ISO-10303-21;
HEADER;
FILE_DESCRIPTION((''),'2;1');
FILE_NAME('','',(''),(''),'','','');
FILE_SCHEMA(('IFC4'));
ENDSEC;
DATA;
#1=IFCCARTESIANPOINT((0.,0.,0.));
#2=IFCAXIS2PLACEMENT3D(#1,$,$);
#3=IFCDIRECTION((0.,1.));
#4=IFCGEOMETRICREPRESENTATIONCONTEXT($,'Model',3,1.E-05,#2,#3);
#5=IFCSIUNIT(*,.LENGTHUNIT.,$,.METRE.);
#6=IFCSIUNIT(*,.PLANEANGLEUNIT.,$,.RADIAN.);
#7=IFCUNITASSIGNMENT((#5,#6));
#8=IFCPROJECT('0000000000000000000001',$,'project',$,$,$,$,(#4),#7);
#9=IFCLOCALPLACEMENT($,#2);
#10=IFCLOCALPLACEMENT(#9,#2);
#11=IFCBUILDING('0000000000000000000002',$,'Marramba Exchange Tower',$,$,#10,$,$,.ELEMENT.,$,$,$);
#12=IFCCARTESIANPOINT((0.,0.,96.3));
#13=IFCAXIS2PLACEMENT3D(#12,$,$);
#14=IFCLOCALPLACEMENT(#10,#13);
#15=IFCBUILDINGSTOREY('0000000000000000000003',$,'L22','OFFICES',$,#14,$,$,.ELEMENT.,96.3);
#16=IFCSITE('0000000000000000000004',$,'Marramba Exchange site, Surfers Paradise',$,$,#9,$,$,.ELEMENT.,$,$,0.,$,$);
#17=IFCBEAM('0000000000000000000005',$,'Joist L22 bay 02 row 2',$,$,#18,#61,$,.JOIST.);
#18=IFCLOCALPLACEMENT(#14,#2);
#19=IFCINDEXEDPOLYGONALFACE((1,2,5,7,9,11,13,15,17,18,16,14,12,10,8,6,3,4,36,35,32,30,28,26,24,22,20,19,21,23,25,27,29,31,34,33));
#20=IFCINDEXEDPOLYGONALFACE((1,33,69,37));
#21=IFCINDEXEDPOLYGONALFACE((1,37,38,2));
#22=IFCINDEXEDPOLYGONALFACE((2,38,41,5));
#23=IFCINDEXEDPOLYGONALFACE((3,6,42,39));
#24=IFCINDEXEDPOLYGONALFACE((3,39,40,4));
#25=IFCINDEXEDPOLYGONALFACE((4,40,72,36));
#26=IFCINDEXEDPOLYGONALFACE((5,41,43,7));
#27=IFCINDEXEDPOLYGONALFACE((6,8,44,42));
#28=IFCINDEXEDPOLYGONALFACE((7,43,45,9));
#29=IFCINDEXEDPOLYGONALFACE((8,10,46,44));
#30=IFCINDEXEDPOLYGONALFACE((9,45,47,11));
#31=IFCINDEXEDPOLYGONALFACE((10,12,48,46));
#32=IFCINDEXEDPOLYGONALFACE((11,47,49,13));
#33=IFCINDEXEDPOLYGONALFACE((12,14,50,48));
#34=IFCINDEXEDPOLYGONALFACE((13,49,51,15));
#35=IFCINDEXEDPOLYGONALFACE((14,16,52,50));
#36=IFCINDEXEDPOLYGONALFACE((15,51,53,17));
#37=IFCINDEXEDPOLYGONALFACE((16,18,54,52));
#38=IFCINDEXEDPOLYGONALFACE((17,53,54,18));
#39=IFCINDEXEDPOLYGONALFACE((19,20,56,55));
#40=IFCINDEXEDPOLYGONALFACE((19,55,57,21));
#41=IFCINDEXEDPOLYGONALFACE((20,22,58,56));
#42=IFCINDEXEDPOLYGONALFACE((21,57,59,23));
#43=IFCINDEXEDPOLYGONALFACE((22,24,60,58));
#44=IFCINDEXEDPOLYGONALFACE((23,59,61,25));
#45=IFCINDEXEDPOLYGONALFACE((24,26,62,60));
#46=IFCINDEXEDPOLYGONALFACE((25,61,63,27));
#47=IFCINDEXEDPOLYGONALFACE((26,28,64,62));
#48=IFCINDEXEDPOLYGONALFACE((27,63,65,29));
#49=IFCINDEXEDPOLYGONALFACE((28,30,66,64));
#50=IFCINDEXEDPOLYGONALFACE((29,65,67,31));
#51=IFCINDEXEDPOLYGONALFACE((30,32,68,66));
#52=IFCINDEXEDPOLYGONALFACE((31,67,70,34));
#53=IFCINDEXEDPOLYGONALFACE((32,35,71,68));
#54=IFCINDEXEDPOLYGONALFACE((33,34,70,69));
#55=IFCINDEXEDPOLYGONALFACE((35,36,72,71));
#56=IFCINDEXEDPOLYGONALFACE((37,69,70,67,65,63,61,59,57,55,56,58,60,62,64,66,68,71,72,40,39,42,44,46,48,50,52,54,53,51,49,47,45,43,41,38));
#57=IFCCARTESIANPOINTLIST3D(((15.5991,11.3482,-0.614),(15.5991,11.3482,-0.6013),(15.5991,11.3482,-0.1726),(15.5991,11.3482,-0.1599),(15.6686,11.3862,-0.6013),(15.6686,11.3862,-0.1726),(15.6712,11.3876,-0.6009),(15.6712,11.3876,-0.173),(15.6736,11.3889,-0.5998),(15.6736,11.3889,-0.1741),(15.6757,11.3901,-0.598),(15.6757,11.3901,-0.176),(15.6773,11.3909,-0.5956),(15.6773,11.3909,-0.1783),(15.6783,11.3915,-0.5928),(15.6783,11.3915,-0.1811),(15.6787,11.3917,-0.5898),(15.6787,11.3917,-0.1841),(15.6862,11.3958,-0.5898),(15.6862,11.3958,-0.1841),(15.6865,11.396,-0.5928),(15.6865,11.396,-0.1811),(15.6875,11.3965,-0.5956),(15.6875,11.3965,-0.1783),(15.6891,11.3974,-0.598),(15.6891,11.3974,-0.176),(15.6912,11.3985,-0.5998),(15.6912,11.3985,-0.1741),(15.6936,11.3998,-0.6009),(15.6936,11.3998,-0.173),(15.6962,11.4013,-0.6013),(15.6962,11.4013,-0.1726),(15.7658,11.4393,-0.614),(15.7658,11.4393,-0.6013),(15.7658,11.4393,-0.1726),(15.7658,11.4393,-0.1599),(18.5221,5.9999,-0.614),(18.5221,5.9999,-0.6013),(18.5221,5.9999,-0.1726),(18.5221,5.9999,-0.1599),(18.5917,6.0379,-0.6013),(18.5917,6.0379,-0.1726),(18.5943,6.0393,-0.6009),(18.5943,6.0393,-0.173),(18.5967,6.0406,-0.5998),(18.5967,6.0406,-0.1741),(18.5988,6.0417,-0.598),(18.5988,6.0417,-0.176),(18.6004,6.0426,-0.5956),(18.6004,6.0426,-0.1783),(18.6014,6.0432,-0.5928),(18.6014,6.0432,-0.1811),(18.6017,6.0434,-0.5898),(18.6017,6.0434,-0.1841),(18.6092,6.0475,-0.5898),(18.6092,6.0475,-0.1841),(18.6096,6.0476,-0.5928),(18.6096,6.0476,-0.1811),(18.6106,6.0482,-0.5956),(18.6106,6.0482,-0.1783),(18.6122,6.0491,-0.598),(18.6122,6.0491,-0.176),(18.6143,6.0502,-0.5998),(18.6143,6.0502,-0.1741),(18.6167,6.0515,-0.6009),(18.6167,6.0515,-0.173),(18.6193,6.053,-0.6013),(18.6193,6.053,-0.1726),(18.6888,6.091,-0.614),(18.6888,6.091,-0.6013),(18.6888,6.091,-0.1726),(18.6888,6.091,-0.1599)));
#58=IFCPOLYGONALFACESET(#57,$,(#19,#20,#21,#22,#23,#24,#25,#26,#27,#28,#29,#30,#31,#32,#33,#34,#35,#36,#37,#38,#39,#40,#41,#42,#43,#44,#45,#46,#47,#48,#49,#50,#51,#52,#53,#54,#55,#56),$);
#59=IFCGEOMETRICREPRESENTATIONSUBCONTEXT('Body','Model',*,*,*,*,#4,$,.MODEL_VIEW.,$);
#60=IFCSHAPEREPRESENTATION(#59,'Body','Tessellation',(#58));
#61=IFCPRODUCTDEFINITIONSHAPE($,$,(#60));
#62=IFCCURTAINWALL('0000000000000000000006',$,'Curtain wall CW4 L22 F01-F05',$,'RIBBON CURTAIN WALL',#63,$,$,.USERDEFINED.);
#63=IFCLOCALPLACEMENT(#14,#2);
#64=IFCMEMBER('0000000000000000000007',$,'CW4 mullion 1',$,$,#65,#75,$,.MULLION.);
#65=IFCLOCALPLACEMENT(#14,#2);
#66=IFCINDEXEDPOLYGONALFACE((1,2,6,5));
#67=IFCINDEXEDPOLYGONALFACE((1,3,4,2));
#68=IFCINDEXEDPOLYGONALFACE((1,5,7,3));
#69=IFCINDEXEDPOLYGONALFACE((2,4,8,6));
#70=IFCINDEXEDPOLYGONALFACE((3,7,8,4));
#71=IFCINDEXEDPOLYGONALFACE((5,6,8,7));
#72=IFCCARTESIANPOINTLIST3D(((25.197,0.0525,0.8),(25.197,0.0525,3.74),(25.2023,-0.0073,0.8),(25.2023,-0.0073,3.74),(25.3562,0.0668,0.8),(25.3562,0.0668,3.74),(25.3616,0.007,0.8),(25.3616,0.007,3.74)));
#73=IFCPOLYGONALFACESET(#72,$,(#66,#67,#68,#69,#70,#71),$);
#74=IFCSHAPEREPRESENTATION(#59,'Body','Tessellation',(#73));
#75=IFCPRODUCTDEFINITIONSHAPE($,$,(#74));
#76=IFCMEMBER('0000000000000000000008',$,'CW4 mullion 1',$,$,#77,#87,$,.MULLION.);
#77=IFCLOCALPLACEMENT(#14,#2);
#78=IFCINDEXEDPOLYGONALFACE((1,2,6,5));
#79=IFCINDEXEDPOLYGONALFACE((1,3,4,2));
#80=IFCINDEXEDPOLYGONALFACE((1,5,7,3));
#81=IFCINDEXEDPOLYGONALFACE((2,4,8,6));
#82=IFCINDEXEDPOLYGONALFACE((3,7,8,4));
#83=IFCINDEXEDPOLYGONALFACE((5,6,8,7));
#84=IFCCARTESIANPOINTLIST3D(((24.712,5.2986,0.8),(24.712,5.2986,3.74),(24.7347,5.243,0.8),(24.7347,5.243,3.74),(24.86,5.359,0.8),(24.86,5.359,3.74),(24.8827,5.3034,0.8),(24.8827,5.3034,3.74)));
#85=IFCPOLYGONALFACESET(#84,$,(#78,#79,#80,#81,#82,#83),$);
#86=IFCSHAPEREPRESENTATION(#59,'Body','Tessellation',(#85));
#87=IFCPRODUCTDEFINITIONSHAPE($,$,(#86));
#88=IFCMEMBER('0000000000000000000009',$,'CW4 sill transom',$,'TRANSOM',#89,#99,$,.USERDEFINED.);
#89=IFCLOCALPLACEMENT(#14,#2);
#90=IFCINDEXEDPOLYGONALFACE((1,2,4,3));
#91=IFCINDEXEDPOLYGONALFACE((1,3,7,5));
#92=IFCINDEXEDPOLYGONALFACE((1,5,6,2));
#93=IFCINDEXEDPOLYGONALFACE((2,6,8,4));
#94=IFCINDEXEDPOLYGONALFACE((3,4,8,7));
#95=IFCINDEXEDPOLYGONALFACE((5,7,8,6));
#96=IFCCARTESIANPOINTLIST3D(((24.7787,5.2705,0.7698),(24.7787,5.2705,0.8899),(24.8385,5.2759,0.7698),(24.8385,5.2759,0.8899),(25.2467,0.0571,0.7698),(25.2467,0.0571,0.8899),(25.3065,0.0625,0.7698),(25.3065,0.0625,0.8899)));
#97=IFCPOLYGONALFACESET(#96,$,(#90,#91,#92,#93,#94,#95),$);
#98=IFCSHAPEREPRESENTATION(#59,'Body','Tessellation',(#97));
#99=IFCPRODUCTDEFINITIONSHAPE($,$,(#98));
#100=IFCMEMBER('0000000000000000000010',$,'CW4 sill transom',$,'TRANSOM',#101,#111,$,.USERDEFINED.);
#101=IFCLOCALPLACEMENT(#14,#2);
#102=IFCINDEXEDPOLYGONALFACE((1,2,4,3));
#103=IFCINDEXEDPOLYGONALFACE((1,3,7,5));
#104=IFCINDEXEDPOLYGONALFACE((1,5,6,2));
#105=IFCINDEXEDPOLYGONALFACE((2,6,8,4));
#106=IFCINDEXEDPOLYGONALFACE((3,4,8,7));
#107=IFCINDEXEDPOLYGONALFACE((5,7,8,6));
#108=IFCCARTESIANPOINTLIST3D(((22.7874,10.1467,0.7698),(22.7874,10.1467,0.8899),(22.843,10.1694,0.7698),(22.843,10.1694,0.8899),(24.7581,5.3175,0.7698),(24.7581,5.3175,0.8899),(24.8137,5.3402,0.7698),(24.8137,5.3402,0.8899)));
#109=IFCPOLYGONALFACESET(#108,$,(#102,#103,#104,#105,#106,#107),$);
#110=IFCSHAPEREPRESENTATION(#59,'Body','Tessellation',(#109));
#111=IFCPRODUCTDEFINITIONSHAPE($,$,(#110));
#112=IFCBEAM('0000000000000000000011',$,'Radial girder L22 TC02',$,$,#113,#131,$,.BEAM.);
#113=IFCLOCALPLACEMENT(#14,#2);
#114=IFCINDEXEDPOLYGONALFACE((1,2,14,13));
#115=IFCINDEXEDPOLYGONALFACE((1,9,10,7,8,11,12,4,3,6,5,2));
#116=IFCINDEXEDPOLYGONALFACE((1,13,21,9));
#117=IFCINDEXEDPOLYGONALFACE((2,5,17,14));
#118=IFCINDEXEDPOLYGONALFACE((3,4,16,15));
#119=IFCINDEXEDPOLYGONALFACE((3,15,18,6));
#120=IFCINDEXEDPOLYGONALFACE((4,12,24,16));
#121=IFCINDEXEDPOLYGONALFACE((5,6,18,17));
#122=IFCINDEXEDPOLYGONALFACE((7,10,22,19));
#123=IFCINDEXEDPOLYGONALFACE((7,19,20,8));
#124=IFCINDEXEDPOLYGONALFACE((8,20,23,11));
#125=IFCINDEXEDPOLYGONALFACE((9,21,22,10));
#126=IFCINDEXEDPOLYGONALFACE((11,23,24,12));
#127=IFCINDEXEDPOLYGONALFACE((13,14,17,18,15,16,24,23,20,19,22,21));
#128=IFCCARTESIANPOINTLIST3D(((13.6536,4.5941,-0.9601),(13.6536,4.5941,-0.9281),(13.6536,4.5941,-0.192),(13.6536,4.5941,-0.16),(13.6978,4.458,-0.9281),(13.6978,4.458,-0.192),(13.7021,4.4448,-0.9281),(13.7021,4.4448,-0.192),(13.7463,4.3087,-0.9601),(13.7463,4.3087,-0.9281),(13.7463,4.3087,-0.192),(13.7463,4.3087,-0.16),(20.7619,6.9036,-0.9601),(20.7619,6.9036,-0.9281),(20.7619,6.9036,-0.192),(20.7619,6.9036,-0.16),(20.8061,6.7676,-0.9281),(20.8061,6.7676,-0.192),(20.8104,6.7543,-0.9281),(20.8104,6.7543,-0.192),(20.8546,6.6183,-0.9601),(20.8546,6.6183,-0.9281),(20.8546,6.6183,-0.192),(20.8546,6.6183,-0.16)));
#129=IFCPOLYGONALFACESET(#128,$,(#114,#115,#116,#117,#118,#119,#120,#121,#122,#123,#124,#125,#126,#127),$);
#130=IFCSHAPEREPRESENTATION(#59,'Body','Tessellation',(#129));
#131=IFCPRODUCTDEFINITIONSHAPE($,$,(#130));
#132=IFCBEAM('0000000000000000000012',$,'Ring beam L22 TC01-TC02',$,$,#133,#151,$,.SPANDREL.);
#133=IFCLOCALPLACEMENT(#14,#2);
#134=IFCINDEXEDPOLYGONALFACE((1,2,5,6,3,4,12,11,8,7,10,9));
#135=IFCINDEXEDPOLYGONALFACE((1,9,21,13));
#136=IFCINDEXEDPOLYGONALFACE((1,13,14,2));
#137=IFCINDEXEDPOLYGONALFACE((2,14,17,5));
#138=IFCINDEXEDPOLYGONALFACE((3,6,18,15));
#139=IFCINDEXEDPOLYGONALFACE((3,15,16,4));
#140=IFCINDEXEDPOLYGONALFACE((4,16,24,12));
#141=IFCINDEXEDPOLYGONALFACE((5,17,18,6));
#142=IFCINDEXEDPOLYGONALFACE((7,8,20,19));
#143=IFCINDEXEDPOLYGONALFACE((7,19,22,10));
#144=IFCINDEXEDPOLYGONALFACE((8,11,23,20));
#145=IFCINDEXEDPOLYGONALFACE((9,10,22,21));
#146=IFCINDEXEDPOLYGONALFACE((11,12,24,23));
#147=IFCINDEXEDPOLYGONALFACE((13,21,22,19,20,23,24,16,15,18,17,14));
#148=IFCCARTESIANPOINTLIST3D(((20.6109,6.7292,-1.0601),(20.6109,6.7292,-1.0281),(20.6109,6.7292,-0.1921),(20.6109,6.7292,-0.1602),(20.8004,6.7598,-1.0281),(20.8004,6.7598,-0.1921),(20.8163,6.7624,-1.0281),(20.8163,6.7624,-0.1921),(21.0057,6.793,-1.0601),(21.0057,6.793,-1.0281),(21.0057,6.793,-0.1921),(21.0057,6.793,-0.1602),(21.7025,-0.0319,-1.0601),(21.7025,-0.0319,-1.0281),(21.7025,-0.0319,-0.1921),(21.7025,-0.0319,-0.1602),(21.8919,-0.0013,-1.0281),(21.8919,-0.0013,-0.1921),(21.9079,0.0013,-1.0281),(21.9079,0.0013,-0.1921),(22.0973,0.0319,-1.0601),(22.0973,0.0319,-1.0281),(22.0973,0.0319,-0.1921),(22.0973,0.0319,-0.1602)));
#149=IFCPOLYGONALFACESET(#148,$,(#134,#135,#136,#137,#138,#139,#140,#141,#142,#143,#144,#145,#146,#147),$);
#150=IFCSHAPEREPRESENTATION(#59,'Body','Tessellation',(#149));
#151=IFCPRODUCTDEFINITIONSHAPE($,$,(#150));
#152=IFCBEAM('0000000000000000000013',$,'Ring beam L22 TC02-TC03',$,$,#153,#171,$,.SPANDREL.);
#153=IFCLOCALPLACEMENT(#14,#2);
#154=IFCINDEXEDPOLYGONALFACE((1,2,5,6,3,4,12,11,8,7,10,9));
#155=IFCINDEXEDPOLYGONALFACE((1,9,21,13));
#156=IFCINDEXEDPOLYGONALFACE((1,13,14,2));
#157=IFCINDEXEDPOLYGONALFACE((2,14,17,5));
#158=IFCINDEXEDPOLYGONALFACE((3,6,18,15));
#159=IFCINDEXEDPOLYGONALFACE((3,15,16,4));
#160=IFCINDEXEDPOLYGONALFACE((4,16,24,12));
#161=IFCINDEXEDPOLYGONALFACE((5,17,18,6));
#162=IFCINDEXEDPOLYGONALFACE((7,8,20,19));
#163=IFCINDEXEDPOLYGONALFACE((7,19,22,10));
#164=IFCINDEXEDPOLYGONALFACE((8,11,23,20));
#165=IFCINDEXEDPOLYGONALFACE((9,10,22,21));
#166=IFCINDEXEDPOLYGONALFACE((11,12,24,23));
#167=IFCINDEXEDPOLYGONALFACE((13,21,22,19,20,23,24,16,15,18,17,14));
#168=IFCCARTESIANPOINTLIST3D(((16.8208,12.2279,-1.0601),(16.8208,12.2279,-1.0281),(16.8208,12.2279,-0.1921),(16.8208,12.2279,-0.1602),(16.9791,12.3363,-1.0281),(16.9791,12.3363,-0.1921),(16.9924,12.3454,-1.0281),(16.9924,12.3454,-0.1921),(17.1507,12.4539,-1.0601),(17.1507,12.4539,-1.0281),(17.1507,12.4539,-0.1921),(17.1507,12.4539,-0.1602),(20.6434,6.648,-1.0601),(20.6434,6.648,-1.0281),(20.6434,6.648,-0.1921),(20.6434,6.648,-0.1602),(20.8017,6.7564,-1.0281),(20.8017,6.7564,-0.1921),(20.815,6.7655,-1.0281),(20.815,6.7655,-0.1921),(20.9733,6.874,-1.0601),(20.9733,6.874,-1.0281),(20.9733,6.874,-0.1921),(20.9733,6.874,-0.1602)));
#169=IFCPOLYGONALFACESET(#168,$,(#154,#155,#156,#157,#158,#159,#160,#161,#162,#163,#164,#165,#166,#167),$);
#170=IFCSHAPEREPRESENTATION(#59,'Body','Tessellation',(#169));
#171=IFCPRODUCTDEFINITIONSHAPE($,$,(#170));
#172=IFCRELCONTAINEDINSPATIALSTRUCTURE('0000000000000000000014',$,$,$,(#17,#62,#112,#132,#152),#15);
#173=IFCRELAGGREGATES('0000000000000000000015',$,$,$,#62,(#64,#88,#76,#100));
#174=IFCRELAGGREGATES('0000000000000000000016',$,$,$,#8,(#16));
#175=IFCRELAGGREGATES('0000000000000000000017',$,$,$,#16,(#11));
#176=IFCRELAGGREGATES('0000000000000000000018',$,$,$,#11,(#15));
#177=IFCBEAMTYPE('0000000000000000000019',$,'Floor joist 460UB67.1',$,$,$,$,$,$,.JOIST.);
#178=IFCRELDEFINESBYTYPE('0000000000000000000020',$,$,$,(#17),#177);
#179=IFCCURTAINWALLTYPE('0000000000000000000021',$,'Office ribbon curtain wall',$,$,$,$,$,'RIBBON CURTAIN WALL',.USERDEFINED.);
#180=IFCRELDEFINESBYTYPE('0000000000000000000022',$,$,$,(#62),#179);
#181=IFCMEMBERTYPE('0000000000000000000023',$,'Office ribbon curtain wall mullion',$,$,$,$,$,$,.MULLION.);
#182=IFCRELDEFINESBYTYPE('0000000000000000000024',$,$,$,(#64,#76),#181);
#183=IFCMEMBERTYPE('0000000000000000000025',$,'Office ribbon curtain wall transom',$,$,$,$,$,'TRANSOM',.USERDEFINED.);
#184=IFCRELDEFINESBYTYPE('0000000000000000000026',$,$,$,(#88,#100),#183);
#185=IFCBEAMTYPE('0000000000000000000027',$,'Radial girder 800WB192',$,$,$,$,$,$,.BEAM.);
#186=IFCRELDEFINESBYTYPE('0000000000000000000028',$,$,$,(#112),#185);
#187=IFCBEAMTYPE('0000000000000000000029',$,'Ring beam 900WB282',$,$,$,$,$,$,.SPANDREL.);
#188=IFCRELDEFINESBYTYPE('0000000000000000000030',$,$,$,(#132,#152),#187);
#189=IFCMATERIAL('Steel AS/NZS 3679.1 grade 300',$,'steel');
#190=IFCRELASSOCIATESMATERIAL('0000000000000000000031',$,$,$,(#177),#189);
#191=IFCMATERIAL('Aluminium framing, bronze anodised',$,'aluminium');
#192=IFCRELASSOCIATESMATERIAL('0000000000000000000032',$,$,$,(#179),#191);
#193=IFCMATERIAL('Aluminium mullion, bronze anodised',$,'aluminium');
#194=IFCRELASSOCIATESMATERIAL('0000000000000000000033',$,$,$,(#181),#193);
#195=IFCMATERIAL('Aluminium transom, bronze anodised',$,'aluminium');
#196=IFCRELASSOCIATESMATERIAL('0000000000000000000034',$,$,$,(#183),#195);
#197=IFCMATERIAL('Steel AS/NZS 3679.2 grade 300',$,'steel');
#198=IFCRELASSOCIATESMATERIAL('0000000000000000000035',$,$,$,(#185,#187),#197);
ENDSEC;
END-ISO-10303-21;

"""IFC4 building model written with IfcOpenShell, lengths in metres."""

from ifc_helpers import new_model, si_unit, direction, frame, origin, origin_2d, place, context, subcontext, project, spatial, rectangle, i_section, extrude, material, material_profile, profile_set, type_object, element, aggregate, save


model = new_model("IFC4")

# Units and contexts
model_context = context("Model", 3, precision=1e-05, world=origin(), true_north=direction((0.0, 1.0)))
body_context = subcontext(model_context, "Body", "Model", "MODEL_VIEW")
ifc_project = project(units=[si_unit("LENGTHUNIT", "METRE"), si_unit("PLANEANGLEUNIT", "RADIAN")], contexts=[model_context])

# Site, building, storey
site_placement = place(None, origin())
site = spatial("IfcSite", under=ifc_project, at=site_placement, Name="Marramba Exchange site, Surfers Paradise", CompositionType="ELEMENT", RefElevation=0.0)
building_placement = place(site_placement, origin())
building = spatial("IfcBuilding", under=site, at=building_placement, Name="Marramba Exchange Tower", CompositionType="ELEMENT")
storey_placement = place(building_placement, frame((0.0, 0.0, 96.3)))
storey = spatial("IfcBuildingStorey", under=building, at=storey_placement, Name="L22", Description="OFFICES", CompositionType="ELEMENT", Elevation=96.3)

# Beam
ifc_material_1 = material(Name="Steel AS/NZS 3679.2 grade 300", Category="steel")
ifc_material_2 = material(Name="Steel AS/NZS 3679.1 grade 300", Category="steel")
ifc_material_profile_1 = material_profile(ifc_material_2, i_section(OverallWidth=0.1899, OverallDepth=0.4541, WebThickness=0.0085, FlangeThickness=0.0127, FilletRadius=0.0115, at=origin_2d()), Name="460UB67.1")
ifc_profile_set_1 = profile_set([ifc_material_profile_1], Name="Steel AS/NZS 3679.1 grade 300")
beam_type_1 = type_object("IfcBeamType", Name="Floor joist 460UB67.1", PredefinedType="JOIST", material=ifc_profile_set_1)
beam_1_placement = place(storey_placement, frame((18.6055, 6.0454, -0.387), z_axis=(-0.479584, 0.877496, 0.0), x_axis=(-0.877496, -0.479584, 0.0)))
element("IfcBeam", 1, at=beam_1_placement, inside=storey, type_object=beam_type_1, Name="Joist L22 bay 02 row 2", PredefinedType="JOIST", context=body_context, shape_type="SweptSolid", body=[
    extrude(i_section(OverallWidth=0.1899, OverallDepth=0.4541, WebThickness=0.0085, FlangeThickness=0.0127, FilletRadius=0.0115, at=origin_2d()), origin(), (0.0, 0.0, 1.0), 6.095),
])

# Curtain wall, members
ifc_material_3 = material(Name="Aluminium framing, bronze anodised", Category="aluminium")
curtain_wall_type = type_object("IfcCurtainWallType", Name="Office ribbon curtain wall", ElementType="RIBBON CURTAIN WALL", PredefinedType="USERDEFINED", material=ifc_material_3)
curtain_wall_placement = place(storey_placement, origin())
curtain_wall = element("IfcCurtainWall", 2, at=curtain_wall_placement, inside=storey, type_object=curtain_wall_type, Name="Curtain wall CW4 L22 F01-F05", ObjectType="RIBBON CURTAIN WALL", PredefinedType="USERDEFINED")
ifc_material_4 = material(Name="Aluminium mullion, bronze anodised", Category="aluminium")
ifc_material_profile_2 = material_profile(ifc_material_4, rectangle(XDim=0.1599, YDim=0.0601, at=origin_2d()), Name="CW4 mullion 60x160")
ifc_profile_set_2 = profile_set([ifc_material_profile_2], Name="Aluminium mullion, bronze anodised")
member_type_1 = type_object("IfcMemberType", Name="Office ribbon curtain wall mullion", PredefinedType="MULLION", material=ifc_profile_set_2)
member_1_placement = place(storey_placement, frame((25.2793, 0.0298, 0.8), z_axis=(0.0, 0.0, 1.0), x_axis=(-0.995995, -0.089413, 0.0)))
member_1 = element("IfcMember", 3, at=member_1_placement, type_object=member_type_1, Name="CW4 mullion 1", PredefinedType="MULLION", context=body_context, shape_type="SweptSolid", body=[
    extrude(rectangle(XDim=0.1599, YDim=0.0601, at=origin_2d()), origin(), (0.0, 0.0, 1.0), 2.9399),
])
member_2_placement = place(storey_placement, frame((24.7974, 5.301, 0.8), z_axis=(0.0, 0.0, 1.0), x_axis=(-0.925879, -0.377821, 0.0)))
member_2 = element("IfcMember", 4, at=member_2_placement, type_object=member_type_1, Name="CW4 mullion 1", PredefinedType="MULLION", context=body_context, shape_type="SweptSolid", body=[
    extrude(rectangle(XDim=0.1599, YDim=0.0601, at=origin_2d()), origin(), (0.0, 0.0, 1.0), 2.9399),
])
ifc_material_5 = material(Name="Aluminium transom, bronze anodised", Category="aluminium")
ifc_material_profile_3 = material_profile(ifc_material_5, rectangle(XDim=0.0601, YDim=0.1201, at=origin_2d()), Name="CW4 transom 60x120")
ifc_profile_set_3 = profile_set([ifc_material_profile_3], Name="Aluminium transom, bronze anodised")
member_type_2 = type_object("IfcMemberType", Name="Office ribbon curtain wall transom", ElementType="TRANSOM", PredefinedType="USERDEFINED", material=ifc_profile_set_3)
member_3_placement = place(storey_placement, frame((25.2766, 0.0598, 0.8298), z_axis=(-0.089413, 0.995995, 0.0), x_axis=(-0.995995, -0.089413, 0.0)))
member_3 = element("IfcMember", 5, at=member_3_placement, type_object=member_type_2, Name="CW4 sill transom", ObjectType="TRANSOM", PredefinedType="USERDEFINED", context=body_context, shape_type="SweptSolid", body=[
    extrude(rectangle(XDim=0.0601, YDim=0.1201, at=origin_2d()), origin(), (0.0, 0.0, 1.0), 5.2344),
])
member_4_placement = place(storey_placement, frame((24.7859, 5.3289, 0.8298), z_axis=(-0.377838, 0.925872, 0.0), x_axis=(-0.925872, -0.377838, 0.0)))
member_4 = element("IfcMember", 6, at=member_4_placement, type_object=member_type_2, Name="CW4 sill transom", ObjectType="TRANSOM", PredefinedType="USERDEFINED", context=body_context, shape_type="SweptSolid", body=[
    extrude(rectangle(XDim=0.0601, YDim=0.1201, at=origin_2d()), origin(), (0.0, 0.0, 1.0), 5.2158),
])

# Beams
ifc_material_profile_4 = material_profile(ifc_material_1, i_section(OverallWidth=0.3, OverallDepth=0.8, WebThickness=0.0139, FlangeThickness=0.032, at=origin_2d()), Name="800WB192")
ifc_profile_set_4 = profile_set([ifc_material_profile_4], Name="Steel AS/NZS 3679.2 grade 300")
beam_type_2 = type_object("IfcBeamType", Name="Radial girder 800WB192", PredefinedType="BEAM", material=ifc_profile_set_4)
beam_2_placement = place(storey_placement, frame((13.7, 4.4514, -0.5601), z_axis=(0.95106, 0.309006, 0.0), x_axis=(-0.309006, 0.95106, 0.0)))
element("IfcBeam", 7, at=beam_2_placement, inside=storey, type_object=beam_type_2, Name="Radial girder L22 TC02", PredefinedType="BEAM", context=body_context, shape_type="SweptSolid", body=[
    extrude(i_section(OverallWidth=0.3, OverallDepth=0.8, WebThickness=0.0139, FlangeThickness=0.032, at=origin_2d()), origin(), (0.0, 0.0, 1.0), 7.4741),
])
ifc_material_profile_5 = material_profile(ifc_material_1, i_section(OverallWidth=0.3999, OverallDepth=0.8999, WebThickness=0.0161, FlangeThickness=0.032, at=origin_2d()), Name="900WB282")
ifc_profile_set_5 = profile_set([ifc_material_profile_5], Name="Steel AS/NZS 3679.2 grade 300")
beam_type_3 = type_object("IfcBeamType", Name="Ring beam 900WB282", PredefinedType="SPANDREL", material=ifc_profile_set_5)
beam_3_placement = place(storey_placement, frame((21.8999, 0.0, -0.6101), z_axis=(-0.159385, 0.987217, 0.0), x_axis=(-0.987217, -0.159385, 0.0)))
element("IfcBeam", 8, at=beam_3_placement, inside=storey, type_object=beam_type_3, Name="Ring beam L22 TC01-TC02", PredefinedType="SPANDREL", context=body_context, shape_type="SweptSolid", body=[
    extrude(i_section(OverallWidth=0.3999, OverallDepth=0.8999, WebThickness=0.0161, FlangeThickness=0.032, at=origin_2d()), origin(), (0.0, 0.0, 1.0), 6.8486),
])
beam_4_placement = place(storey_placement, frame((20.8083, 6.761, -0.6101), z_axis=(-0.56516, 0.824981, 0.0), x_axis=(-0.824981, -0.56516, 0.0)))
element("IfcBeam", 9, at=beam_4_placement, inside=storey, type_object=beam_type_3, Name="Ring beam L22 TC02-TC03", PredefinedType="SPANDREL", context=body_context, shape_type="SweptSolid", body=[
    extrude(i_section(OverallWidth=0.3999, OverallDepth=0.8999, WebThickness=0.0161, FlangeThickness=0.032, at=origin_2d()), origin(), (0.0, 0.0, 1.0), 6.7637),
])

aggregate(curtain_wall, [member_1, member_3, member_2, member_4])

save(model, "model.ifc")
